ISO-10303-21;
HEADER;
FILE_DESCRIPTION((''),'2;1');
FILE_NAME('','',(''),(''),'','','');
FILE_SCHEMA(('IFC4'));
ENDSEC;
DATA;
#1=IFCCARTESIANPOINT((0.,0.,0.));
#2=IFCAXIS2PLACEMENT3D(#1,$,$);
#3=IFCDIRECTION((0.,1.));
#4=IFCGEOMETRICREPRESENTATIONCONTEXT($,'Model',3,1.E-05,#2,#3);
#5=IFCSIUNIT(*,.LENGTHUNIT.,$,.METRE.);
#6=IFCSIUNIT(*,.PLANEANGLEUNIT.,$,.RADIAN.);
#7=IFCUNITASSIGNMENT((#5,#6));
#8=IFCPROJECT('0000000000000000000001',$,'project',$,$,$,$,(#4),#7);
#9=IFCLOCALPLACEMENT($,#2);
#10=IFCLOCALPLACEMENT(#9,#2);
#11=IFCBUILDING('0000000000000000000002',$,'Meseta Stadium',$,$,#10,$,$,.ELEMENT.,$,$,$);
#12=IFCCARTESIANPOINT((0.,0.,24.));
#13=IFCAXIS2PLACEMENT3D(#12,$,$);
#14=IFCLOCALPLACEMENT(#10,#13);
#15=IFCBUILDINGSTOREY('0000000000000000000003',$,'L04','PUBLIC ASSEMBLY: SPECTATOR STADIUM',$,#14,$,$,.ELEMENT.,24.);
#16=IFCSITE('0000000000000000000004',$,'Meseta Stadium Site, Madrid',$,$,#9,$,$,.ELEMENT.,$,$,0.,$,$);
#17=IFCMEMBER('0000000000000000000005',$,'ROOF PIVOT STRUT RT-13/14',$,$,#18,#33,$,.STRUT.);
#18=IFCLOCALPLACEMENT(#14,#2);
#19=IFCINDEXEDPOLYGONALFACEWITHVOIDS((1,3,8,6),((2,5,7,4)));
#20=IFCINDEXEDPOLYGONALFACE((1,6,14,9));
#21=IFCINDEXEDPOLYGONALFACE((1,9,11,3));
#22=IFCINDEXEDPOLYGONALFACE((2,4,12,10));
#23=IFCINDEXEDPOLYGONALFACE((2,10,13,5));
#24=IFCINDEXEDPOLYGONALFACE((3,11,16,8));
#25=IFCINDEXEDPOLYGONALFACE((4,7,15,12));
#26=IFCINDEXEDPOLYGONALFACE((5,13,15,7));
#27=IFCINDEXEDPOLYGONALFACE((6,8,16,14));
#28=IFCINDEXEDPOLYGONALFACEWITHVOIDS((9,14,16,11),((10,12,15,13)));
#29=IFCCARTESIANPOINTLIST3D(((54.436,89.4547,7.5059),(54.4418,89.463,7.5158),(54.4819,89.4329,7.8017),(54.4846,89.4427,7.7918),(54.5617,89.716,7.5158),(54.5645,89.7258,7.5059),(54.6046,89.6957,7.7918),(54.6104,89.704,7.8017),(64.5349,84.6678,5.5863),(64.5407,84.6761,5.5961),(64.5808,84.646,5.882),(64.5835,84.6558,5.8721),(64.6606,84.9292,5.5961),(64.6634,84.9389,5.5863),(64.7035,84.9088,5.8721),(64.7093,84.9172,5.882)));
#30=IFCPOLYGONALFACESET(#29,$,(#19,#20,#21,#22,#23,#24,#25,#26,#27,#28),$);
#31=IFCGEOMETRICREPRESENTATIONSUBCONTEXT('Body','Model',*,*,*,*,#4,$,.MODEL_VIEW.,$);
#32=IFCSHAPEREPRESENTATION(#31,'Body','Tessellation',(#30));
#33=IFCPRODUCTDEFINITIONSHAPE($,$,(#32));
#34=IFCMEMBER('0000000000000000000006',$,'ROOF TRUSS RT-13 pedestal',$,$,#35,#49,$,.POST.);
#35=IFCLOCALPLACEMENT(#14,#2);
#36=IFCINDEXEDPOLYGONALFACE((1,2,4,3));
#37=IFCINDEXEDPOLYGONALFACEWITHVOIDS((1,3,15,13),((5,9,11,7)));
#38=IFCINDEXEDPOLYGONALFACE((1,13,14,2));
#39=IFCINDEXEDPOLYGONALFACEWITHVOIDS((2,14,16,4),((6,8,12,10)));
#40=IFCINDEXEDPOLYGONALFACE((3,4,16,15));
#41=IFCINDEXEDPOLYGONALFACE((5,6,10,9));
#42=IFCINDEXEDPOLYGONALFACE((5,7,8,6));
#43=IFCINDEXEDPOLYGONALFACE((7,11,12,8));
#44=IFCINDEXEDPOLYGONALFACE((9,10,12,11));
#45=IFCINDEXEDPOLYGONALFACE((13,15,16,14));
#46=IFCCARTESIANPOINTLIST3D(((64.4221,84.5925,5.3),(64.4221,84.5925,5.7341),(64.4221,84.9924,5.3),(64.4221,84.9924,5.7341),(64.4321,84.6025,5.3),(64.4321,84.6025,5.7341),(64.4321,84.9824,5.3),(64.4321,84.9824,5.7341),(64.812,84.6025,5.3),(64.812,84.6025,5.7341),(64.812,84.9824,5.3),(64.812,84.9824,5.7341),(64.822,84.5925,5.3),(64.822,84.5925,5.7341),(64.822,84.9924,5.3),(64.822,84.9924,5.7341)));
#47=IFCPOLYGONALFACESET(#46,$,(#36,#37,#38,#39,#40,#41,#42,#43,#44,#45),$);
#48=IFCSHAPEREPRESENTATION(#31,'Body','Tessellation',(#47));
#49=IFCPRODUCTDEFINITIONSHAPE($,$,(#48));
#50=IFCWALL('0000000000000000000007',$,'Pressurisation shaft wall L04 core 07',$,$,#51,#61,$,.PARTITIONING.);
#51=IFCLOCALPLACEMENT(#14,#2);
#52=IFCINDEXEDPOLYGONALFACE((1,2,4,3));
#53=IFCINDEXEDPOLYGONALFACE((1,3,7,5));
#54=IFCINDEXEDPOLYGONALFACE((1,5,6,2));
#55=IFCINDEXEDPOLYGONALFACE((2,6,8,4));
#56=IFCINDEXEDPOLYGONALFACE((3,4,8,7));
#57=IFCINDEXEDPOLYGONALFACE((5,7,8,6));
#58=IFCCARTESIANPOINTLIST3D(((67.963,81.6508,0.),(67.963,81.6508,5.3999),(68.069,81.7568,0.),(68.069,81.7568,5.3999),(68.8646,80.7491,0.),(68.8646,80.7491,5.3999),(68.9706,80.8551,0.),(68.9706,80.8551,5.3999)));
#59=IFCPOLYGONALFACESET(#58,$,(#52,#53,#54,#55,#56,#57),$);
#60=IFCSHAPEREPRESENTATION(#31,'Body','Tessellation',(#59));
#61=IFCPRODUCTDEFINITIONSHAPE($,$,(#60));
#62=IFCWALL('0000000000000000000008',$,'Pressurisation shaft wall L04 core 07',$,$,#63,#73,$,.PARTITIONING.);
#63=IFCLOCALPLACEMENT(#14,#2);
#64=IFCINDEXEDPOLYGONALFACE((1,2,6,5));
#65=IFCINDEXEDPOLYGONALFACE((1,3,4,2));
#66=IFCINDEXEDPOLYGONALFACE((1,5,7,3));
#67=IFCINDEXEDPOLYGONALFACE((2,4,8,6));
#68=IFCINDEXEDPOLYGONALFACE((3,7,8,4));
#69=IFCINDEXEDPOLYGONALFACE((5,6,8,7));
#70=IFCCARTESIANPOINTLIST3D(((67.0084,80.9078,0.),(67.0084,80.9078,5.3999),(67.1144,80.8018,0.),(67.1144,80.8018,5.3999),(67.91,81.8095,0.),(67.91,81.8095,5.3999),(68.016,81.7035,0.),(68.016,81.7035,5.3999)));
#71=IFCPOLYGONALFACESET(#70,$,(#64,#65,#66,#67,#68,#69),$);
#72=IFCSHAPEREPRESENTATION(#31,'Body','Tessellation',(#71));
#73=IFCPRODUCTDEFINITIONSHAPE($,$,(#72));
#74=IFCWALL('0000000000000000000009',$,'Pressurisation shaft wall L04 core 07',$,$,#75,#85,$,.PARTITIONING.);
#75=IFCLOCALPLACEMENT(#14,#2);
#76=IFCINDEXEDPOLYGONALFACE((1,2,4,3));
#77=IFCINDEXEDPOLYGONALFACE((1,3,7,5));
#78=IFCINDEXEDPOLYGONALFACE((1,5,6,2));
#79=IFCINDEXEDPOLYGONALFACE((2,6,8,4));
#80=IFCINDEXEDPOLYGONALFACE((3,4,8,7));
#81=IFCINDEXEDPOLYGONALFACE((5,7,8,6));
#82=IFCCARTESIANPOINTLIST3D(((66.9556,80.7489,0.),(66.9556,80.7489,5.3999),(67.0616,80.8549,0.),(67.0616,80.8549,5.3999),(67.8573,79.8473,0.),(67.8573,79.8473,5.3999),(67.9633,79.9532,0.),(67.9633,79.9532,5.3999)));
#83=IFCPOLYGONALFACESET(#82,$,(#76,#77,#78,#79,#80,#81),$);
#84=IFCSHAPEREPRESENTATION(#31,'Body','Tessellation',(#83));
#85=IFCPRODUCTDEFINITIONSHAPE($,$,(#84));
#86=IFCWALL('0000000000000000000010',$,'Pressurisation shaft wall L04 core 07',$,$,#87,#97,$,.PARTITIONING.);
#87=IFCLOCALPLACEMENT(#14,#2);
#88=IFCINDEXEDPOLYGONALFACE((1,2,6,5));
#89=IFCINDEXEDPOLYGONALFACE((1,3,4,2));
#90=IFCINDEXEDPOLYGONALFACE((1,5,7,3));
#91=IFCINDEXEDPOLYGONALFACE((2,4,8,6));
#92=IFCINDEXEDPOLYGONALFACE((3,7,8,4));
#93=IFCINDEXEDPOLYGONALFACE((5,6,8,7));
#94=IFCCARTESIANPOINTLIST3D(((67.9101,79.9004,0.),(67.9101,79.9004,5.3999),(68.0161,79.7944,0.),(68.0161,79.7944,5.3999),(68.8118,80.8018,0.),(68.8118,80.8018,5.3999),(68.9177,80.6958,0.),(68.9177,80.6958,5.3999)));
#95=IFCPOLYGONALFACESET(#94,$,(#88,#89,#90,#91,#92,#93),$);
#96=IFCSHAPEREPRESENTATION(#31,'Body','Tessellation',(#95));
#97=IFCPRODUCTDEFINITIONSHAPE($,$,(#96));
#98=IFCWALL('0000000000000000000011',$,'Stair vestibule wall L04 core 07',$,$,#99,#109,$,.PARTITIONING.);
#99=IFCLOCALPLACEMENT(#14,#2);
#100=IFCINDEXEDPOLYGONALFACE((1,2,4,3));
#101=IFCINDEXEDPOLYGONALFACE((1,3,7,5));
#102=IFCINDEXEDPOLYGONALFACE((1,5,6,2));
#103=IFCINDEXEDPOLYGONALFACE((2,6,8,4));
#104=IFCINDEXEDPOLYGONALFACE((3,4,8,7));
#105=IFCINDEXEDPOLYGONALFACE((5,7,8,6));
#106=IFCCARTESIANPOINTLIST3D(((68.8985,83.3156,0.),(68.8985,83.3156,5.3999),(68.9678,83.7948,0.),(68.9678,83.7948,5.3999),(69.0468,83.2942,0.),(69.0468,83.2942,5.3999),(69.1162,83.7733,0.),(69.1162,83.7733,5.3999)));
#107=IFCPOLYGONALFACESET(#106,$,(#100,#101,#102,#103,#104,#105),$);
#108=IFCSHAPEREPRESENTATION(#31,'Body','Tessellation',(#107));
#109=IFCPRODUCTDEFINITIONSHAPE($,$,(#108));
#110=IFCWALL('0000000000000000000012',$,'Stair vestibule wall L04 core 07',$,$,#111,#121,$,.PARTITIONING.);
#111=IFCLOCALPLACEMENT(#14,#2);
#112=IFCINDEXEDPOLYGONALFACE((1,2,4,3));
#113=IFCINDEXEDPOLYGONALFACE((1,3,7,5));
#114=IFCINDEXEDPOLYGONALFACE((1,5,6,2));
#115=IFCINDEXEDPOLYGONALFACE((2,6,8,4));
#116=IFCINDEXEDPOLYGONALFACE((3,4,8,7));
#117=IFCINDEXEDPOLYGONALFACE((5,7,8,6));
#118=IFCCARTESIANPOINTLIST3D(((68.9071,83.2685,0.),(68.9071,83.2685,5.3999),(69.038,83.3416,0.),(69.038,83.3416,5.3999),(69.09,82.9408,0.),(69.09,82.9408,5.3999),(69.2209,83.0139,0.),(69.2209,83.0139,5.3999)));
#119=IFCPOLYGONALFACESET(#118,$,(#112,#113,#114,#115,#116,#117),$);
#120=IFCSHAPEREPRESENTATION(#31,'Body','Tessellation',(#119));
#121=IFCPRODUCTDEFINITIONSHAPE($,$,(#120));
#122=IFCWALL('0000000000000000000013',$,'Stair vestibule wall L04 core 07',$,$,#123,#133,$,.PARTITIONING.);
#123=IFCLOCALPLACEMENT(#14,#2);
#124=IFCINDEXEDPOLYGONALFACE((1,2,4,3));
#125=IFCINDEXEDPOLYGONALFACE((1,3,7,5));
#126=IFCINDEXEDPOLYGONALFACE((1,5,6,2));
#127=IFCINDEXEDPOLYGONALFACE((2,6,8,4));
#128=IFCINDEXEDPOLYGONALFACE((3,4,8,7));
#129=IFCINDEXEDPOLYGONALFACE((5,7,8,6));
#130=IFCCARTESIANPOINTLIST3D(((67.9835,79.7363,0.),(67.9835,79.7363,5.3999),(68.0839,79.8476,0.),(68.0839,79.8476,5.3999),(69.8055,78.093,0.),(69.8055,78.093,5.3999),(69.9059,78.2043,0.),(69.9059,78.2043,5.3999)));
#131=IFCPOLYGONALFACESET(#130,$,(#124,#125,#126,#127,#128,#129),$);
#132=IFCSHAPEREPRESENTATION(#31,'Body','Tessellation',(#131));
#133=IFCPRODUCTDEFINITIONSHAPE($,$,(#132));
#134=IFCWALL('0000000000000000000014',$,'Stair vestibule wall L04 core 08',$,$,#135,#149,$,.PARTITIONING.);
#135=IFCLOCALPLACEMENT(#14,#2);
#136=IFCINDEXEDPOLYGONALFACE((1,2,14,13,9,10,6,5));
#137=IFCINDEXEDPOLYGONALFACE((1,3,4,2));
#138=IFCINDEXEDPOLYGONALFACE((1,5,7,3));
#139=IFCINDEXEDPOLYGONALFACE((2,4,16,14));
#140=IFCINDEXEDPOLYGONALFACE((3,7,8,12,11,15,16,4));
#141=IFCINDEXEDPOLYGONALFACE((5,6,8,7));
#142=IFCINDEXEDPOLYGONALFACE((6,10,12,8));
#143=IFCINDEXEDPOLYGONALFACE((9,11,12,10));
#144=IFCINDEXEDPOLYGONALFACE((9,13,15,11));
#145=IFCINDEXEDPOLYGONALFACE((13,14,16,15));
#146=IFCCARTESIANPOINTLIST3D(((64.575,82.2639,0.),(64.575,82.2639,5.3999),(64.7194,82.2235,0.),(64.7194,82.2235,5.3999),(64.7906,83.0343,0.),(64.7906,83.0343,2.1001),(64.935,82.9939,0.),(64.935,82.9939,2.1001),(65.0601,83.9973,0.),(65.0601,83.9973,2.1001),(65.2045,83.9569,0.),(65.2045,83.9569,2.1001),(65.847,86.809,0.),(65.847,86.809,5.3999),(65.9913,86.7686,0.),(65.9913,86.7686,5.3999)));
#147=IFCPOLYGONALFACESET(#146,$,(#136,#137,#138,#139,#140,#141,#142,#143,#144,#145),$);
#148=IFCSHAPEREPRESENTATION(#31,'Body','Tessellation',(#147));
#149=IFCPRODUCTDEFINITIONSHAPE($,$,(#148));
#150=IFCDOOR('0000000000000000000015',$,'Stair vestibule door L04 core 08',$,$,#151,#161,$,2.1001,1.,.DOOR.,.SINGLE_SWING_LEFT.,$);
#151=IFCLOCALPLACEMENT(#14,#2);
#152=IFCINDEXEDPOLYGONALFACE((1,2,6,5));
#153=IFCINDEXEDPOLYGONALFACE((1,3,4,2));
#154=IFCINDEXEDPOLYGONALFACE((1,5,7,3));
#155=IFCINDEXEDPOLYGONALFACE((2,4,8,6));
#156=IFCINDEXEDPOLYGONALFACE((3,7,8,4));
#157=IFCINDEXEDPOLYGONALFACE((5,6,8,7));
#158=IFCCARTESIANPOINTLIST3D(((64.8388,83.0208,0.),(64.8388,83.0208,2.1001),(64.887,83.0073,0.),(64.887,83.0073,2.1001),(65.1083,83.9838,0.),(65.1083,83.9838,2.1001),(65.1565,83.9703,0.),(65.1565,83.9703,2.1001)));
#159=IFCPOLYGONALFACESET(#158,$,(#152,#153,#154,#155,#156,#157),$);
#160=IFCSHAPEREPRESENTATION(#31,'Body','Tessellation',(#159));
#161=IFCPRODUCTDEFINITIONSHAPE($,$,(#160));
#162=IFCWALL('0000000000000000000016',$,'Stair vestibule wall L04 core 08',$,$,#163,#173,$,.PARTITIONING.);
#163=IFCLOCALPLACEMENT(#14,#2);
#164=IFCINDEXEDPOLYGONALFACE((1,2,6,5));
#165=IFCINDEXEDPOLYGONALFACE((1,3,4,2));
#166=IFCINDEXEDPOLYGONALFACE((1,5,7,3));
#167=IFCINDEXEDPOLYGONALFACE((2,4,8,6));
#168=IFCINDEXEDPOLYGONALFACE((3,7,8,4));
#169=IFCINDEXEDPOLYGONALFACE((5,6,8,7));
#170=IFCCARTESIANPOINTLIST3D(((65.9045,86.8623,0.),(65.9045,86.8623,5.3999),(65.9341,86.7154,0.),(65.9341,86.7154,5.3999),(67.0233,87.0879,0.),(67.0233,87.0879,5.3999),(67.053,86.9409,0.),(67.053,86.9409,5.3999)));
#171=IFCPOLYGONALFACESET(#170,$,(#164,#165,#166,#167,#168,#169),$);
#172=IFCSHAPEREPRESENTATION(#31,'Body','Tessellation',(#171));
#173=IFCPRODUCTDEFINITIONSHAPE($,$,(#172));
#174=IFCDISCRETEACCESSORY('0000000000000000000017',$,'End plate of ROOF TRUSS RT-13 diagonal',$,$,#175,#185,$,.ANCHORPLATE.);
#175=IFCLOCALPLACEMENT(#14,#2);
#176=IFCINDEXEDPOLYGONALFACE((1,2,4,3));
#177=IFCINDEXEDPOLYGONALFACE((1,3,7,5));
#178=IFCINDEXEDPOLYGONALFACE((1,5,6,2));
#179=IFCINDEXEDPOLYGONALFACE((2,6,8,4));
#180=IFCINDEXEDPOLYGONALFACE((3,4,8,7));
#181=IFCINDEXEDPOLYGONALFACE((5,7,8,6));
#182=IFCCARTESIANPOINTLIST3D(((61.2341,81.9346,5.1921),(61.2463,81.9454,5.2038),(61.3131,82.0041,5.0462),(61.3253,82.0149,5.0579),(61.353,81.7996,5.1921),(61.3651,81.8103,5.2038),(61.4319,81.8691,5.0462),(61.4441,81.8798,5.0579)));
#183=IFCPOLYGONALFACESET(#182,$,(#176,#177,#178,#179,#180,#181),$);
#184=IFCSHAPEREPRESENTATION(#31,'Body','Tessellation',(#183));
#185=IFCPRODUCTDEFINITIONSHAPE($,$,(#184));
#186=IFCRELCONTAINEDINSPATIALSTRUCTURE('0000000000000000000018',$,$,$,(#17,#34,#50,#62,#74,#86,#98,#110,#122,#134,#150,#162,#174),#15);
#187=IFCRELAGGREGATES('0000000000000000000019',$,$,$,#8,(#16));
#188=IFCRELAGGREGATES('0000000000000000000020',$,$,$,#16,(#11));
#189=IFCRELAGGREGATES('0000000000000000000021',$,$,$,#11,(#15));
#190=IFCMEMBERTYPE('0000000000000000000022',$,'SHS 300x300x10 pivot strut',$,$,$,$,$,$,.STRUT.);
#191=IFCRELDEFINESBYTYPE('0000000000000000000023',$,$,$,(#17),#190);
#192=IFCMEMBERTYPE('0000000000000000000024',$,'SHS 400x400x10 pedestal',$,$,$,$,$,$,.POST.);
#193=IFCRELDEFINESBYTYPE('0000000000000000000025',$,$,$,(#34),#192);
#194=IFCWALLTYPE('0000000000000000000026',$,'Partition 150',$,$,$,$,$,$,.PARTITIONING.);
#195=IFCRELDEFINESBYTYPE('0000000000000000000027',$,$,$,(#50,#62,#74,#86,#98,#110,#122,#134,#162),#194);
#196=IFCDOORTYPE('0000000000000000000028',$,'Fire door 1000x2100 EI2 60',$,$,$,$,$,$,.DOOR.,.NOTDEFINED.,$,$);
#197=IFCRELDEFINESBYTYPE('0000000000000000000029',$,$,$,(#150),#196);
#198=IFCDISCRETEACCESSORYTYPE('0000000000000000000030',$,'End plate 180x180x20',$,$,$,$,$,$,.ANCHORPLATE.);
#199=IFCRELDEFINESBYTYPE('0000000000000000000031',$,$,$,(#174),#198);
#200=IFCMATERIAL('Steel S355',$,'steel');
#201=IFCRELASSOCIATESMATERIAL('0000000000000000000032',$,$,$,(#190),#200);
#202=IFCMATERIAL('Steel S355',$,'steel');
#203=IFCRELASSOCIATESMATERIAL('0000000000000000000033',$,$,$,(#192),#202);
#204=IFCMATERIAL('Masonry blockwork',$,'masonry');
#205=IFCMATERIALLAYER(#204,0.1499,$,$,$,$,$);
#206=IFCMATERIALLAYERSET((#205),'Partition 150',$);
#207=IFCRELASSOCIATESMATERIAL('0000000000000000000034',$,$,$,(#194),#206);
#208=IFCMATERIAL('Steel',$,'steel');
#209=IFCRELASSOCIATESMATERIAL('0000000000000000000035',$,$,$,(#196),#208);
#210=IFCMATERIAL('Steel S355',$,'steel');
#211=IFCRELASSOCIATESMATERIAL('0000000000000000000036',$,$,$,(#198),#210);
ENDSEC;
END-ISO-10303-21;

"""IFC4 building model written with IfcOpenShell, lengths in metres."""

from ifc_helpers import new_model, si_unit, direction, frame, frame_2d, origin, origin_2d, place, context, subcontext, project, spatial, rectangle, hollow_rectangle, extrude, material, layer, layer_set, material_profile, profile_set, type_object, element, fill, save


model = new_model("IFC4")

# Units and contexts
model_context = context("Model", 3, precision=1e-05, world=origin(), true_north=direction((0.0, 1.0)))
body_context = subcontext(model_context, "Body", "Model", "MODEL_VIEW")
ifc_project = project(units=[si_unit("LENGTHUNIT", "METRE"), si_unit("PLANEANGLEUNIT", "RADIAN")], contexts=[model_context])

# Site, building, storey
site_placement = place(None, origin())
site = spatial("IfcSite", under=ifc_project, at=site_placement, Name="Meseta Stadium Site, Madrid", CompositionType="ELEMENT", RefElevation=0.0)
building_placement = place(site_placement, origin())
building = spatial("IfcBuilding", under=site, at=building_placement, Name="Meseta Stadium", CompositionType="ELEMENT")
storey_placement = place(building_placement, frame((0.0, 0.0, 24.0)))
storey = spatial("IfcBuildingStorey", under=building, at=storey_placement, Name="L04", Description="PUBLIC ASSEMBLY: SPECTATOR STADIUM", CompositionType="ELEMENT", Elevation=24.0)

# Members
ifc_material_1 = material(Name="Steel S355", Category="steel")
ifc_material_profile_1 = material_profile(ifc_material_1, hollow_rectangle(XDim=0.3, YDim=0.3, WallThickness=0.01, at=origin_2d()), Name="SHS 300x300x10")
ifc_profile_set_1 = profile_set([ifc_material_profile_1], Name="Steel S355")
member_type_1 = type_object("IfcMemberType", Name="SHS 300x300x10 pivot strut", PredefinedType="STRUT", material=ifc_profile_set_1)
member_1_placement = place(storey_placement, frame((64.6221, 84.7925, 5.7341), z_axis=(-0.890585, 0.422137, 0.16929), x_axis=(-0.428319, -0.903627, 0.0)))
element("IfcMember", 1, at=member_1_placement, inside=storey, type_object=member_type_1, Name="ROOF PIVOT STRUT RT-13/14", PredefinedType="STRUT", context=body_context, shape_type="SweptSolid", body=[
    extrude(hollow_rectangle(XDim=0.3, YDim=0.3, WallThickness=0.01, at=origin_2d()), origin(), (0.0, 0.0, 1.0), 11.3396),
])
ifc_material_2 = material(Name="Steel S355", Category="steel")
ifc_material_profile_2 = material_profile(ifc_material_2, hollow_rectangle(XDim=0.3999, YDim=0.3999, WallThickness=0.01, at=origin_2d()), Name="SHS 400x400x10")
ifc_profile_set_2 = profile_set([ifc_material_profile_2], Name="Steel S355")
member_type_2 = type_object("IfcMemberType", Name="SHS 400x400x10 pedestal", PredefinedType="POST", material=ifc_profile_set_2)
member_2_placement = place(storey_placement, frame((64.6221, 84.7925, 5.3), z_axis=(0.0, 0.0, 1.0), x_axis=(1.0, 0.0, 0.0)))
element("IfcMember", 2, at=member_2_placement, inside=storey, type_object=member_type_2, Name="ROOF TRUSS RT-13 pedestal", PredefinedType="POST", context=body_context, shape_type="SweptSolid", body=[
    extrude(hollow_rectangle(XDim=0.3999, YDim=0.3999, WallThickness=0.01, at=origin_2d()), origin(), (0.0, 0.0, 1.0), 0.4341),
])

# Walls
ifc_material_3 = material(Name="Masonry blockwork", Category="masonry")
ifc_layer = layer(ifc_material_3, 0.1499)
ifc_layer_set = layer_set([ifc_layer], Name="Partition 150")
wall_type = type_object("IfcWallType", Name="Partition 150", PredefinedType="PARTITIONING", material=ifc_layer_set)
for number, where, z_axis, x_axis, name in (
    (3, (68.9177, 80.802, 0.0), (0.0, 0.0, 1.0), (-0.707107, 0.707107, 0.0), "Pressurisation shaft wall L04 core 07"),
    (4, (67.9631, 81.7566, 0.0), (0.0, 0.0, 1.0), (-0.707107, -0.707107, 0.0), "Pressurisation shaft wall L04 core 07"),
    (5, (67.0085, 80.802, 0.0), (0.0, 0.0, 1.0), (0.707107, -0.707107, 0.0), "Pressurisation shaft wall L04 core 07"),
):
    element("IfcWall", number, at=place(storey_placement, frame(where, z_axis=z_axis, x_axis=x_axis)), inside=storey, type_object=wall_type, Name=name, PredefinedType="PARTITIONING", context=body_context, shape_type="SweptSolid", body=[
        extrude(rectangle(XDim=1.2751, YDim=0.1499, at=frame_2d((0.6377, 0.0))), origin(), (0.0, 0.0, 1.0), 5.3999),
    ])
wall_1_placement = place(storey_placement, frame((67.9631, 79.8474, 0.0), z_axis=(0.0, 0.0, 1.0), x_axis=(0.707203, 0.707011, 0.0)))
element("IfcWall", 6, at=wall_1_placement, inside=storey, type_object=wall_type, Name="Pressurisation shaft wall L04 core 07", PredefinedType="PARTITIONING", context=body_context, shape_type="SweptSolid", body=[
    extrude(rectangle(XDim=1.2749, YDim=0.1499, at=frame_2d((0.6375, 0.0))), origin(), (0.0, 0.0, 1.0), 5.3999),
])
wall_2_placement = place(storey_placement, frame((69.042, 83.7842, 0.0), z_axis=(0.0, 0.0, 1.0), x_axis=(-0.143186, -0.989696, 0.0)))
element("IfcWall", 7, at=wall_2_placement, inside=storey, type_object=wall_type, Name="Stair vestibule wall L04 core 07", PredefinedType="PARTITIONING", context=body_context, shape_type="SweptSolid", body=[
    extrude(rectangle(XDim=0.4841, YDim=0.1499, at=frame_2d((0.2422, 0.0))), origin(), (0.0, 0.0, 1.0), 5.3999),
])
wall_3_placement = place(storey_placement, frame((68.9727, 83.3049, 0.0), z_axis=(0.0, 0.0, 1.0), x_axis=(0.487355, -0.873204, 0.0)))
element("IfcWall", 8, at=wall_3_placement, inside=storey, type_object=wall_type, Name="Stair vestibule wall L04 core 07", PredefinedType="PARTITIONING", context=body_context, shape_type="SweptSolid", body=[
    extrude(rectangle(XDim=0.3752, YDim=0.1499, at=frame_2d((0.1875, 0.0))), origin(), (0.0, 0.0, 1.0), 5.3999),
])
wall_4_placement = place(storey_placement, frame((68.0337, 79.792, 0.0), z_axis=(0.0, 0.0, 1.0), x_axis=(0.742586, -0.66975, 0.0)))
element("IfcWall", 9, at=wall_4_placement, inside=storey, type_object=wall_type, Name="Stair vestibule wall L04 core 07", PredefinedType="PARTITIONING", context=body_context, shape_type="SweptSolid", body=[
    extrude(rectangle(XDim=2.4536, YDim=0.1499, at=frame_2d((1.2268, 0.0))), origin(), (0.0, 0.0, 1.0), 5.3999),
])

# Wall, opening, door
wall_5_placement = place(storey_placement, frame((64.6472, 82.2437, 0.0), z_axis=(0.0, 0.0, 1.0), x_axis=(0.269498, 0.963001, 0.0)))
wall_5 = element("IfcWall", 10, at=wall_5_placement, inside=storey, type_object=wall_type, Name="Stair vestibule wall L04 core 08", PredefinedType="PARTITIONING", context=body_context, shape_type="SweptSolid", body=[
    extrude(rectangle(XDim=4.7197, YDim=0.1499, at=frame_2d((2.3599, 0.0))), origin(), (0.0, 0.0, 1.0), 5.3999),
])
opening_placement = place(wall_5_placement, frame((0.8, 0.0, 0.0)))
opening = element("IfcOpeningElement", 11, at=opening_placement, cuts=wall_5, PredefinedType="OPENING", context=body_context, shape_type="SweptSolid", body=[
    extrude(rectangle(XDim=1.0, YDim=2.1001, at=frame_2d((0.5, 1.05))), frame((0.0, 0.085, 0.0), z_axis=(0.0, -1.0, 0.0), x_axis=(1.0, 0.0, 0.0)), (0.0, 0.0, 1.0), 0.1699),
])
ifc_material_4 = material(Name="Steel", Category="steel")
door_type = type_object("IfcDoorType", Name="Fire door 1000x2100 EI2 60", OperationType="NOTDEFINED", PredefinedType="DOOR", material=ifc_material_4)
door_placement = place(opening_placement, origin())
door = element("IfcDoor", 12, at=door_placement, inside=storey, type_object=door_type, Name="Stair vestibule door L04 core 08", OperationType="SINGLE_SWING_LEFT", OverallHeight=2.1001, OverallWidth=1.0, PredefinedType="DOOR", context=body_context, shape_type="SweptSolid", body=[
    extrude(rectangle(XDim=1.0, YDim=2.1001, at=frame_2d((0.5, 1.05))), frame((0.0, 0.0249, 0.0), z_axis=(0.0, -1.0, 0.0), x_axis=(1.0, 0.0, 0.0)), (0.0, 0.0, 1.0), 0.05),
])
fill(opening, door)

# Wall
wall_6_placement = place(storey_placement, frame((65.9192, 86.7888, 0.0), z_axis=(0.0, 0.0, 1.0), x_axis=(0.980275, 0.197638, 0.0)))
element("IfcWall", 13, at=wall_6_placement, inside=storey, type_object=wall_type, Name="Stair vestibule wall L04 core 08", PredefinedType="PARTITIONING", context=body_context, shape_type="SweptSolid", body=[
    extrude(rectangle(XDim=1.1414, YDim=0.1499, at=frame_2d((0.5708, 0.0))), origin(), (0.0, 0.0, 1.0), 5.3999),
])

# Discrete accessory
ifc_material_5 = material(Name="Steel S355", Category="steel")
ifc_material_profile_3 = material_profile(ifc_material_5, rectangle(XDim=0.1799, YDim=0.1799, at=origin_2d()), Name="PL 180x180")
ifc_profile_set_3 = profile_set([ifc_material_profile_3], Name="Steel S355")
discrete_accessory_type_1 = type_object("IfcDiscreteAccessoryType", Name="End plate 180x180x20", PredefinedType="ANCHORPLATE", material=ifc_profile_set_3)
for number, where, z_axis, x_axis, name in (
    (14, (61.333, 81.9019, 5.1191), (0.609032, 0.535948, 0.584671), (-0.660628, 0.750714, 0.0), "End plate of ROOF TRUSS RT-13 diagonal"),
):
    element("IfcDiscreteAccessory", number, at=place(storey_placement, frame(where, z_axis=z_axis, x_axis=x_axis)), inside=storey, type_object=discrete_accessory_type_1, Name=name, PredefinedType="ANCHORPLATE", context=body_context, shape_type="SweptSolid", body=[
        extrude(rectangle(XDim=0.1799, YDim=0.1799, at=origin_2d()), origin(), (0.0, 0.0, 1.0), 0.02),
    ])

save(model, "model.ifc")
